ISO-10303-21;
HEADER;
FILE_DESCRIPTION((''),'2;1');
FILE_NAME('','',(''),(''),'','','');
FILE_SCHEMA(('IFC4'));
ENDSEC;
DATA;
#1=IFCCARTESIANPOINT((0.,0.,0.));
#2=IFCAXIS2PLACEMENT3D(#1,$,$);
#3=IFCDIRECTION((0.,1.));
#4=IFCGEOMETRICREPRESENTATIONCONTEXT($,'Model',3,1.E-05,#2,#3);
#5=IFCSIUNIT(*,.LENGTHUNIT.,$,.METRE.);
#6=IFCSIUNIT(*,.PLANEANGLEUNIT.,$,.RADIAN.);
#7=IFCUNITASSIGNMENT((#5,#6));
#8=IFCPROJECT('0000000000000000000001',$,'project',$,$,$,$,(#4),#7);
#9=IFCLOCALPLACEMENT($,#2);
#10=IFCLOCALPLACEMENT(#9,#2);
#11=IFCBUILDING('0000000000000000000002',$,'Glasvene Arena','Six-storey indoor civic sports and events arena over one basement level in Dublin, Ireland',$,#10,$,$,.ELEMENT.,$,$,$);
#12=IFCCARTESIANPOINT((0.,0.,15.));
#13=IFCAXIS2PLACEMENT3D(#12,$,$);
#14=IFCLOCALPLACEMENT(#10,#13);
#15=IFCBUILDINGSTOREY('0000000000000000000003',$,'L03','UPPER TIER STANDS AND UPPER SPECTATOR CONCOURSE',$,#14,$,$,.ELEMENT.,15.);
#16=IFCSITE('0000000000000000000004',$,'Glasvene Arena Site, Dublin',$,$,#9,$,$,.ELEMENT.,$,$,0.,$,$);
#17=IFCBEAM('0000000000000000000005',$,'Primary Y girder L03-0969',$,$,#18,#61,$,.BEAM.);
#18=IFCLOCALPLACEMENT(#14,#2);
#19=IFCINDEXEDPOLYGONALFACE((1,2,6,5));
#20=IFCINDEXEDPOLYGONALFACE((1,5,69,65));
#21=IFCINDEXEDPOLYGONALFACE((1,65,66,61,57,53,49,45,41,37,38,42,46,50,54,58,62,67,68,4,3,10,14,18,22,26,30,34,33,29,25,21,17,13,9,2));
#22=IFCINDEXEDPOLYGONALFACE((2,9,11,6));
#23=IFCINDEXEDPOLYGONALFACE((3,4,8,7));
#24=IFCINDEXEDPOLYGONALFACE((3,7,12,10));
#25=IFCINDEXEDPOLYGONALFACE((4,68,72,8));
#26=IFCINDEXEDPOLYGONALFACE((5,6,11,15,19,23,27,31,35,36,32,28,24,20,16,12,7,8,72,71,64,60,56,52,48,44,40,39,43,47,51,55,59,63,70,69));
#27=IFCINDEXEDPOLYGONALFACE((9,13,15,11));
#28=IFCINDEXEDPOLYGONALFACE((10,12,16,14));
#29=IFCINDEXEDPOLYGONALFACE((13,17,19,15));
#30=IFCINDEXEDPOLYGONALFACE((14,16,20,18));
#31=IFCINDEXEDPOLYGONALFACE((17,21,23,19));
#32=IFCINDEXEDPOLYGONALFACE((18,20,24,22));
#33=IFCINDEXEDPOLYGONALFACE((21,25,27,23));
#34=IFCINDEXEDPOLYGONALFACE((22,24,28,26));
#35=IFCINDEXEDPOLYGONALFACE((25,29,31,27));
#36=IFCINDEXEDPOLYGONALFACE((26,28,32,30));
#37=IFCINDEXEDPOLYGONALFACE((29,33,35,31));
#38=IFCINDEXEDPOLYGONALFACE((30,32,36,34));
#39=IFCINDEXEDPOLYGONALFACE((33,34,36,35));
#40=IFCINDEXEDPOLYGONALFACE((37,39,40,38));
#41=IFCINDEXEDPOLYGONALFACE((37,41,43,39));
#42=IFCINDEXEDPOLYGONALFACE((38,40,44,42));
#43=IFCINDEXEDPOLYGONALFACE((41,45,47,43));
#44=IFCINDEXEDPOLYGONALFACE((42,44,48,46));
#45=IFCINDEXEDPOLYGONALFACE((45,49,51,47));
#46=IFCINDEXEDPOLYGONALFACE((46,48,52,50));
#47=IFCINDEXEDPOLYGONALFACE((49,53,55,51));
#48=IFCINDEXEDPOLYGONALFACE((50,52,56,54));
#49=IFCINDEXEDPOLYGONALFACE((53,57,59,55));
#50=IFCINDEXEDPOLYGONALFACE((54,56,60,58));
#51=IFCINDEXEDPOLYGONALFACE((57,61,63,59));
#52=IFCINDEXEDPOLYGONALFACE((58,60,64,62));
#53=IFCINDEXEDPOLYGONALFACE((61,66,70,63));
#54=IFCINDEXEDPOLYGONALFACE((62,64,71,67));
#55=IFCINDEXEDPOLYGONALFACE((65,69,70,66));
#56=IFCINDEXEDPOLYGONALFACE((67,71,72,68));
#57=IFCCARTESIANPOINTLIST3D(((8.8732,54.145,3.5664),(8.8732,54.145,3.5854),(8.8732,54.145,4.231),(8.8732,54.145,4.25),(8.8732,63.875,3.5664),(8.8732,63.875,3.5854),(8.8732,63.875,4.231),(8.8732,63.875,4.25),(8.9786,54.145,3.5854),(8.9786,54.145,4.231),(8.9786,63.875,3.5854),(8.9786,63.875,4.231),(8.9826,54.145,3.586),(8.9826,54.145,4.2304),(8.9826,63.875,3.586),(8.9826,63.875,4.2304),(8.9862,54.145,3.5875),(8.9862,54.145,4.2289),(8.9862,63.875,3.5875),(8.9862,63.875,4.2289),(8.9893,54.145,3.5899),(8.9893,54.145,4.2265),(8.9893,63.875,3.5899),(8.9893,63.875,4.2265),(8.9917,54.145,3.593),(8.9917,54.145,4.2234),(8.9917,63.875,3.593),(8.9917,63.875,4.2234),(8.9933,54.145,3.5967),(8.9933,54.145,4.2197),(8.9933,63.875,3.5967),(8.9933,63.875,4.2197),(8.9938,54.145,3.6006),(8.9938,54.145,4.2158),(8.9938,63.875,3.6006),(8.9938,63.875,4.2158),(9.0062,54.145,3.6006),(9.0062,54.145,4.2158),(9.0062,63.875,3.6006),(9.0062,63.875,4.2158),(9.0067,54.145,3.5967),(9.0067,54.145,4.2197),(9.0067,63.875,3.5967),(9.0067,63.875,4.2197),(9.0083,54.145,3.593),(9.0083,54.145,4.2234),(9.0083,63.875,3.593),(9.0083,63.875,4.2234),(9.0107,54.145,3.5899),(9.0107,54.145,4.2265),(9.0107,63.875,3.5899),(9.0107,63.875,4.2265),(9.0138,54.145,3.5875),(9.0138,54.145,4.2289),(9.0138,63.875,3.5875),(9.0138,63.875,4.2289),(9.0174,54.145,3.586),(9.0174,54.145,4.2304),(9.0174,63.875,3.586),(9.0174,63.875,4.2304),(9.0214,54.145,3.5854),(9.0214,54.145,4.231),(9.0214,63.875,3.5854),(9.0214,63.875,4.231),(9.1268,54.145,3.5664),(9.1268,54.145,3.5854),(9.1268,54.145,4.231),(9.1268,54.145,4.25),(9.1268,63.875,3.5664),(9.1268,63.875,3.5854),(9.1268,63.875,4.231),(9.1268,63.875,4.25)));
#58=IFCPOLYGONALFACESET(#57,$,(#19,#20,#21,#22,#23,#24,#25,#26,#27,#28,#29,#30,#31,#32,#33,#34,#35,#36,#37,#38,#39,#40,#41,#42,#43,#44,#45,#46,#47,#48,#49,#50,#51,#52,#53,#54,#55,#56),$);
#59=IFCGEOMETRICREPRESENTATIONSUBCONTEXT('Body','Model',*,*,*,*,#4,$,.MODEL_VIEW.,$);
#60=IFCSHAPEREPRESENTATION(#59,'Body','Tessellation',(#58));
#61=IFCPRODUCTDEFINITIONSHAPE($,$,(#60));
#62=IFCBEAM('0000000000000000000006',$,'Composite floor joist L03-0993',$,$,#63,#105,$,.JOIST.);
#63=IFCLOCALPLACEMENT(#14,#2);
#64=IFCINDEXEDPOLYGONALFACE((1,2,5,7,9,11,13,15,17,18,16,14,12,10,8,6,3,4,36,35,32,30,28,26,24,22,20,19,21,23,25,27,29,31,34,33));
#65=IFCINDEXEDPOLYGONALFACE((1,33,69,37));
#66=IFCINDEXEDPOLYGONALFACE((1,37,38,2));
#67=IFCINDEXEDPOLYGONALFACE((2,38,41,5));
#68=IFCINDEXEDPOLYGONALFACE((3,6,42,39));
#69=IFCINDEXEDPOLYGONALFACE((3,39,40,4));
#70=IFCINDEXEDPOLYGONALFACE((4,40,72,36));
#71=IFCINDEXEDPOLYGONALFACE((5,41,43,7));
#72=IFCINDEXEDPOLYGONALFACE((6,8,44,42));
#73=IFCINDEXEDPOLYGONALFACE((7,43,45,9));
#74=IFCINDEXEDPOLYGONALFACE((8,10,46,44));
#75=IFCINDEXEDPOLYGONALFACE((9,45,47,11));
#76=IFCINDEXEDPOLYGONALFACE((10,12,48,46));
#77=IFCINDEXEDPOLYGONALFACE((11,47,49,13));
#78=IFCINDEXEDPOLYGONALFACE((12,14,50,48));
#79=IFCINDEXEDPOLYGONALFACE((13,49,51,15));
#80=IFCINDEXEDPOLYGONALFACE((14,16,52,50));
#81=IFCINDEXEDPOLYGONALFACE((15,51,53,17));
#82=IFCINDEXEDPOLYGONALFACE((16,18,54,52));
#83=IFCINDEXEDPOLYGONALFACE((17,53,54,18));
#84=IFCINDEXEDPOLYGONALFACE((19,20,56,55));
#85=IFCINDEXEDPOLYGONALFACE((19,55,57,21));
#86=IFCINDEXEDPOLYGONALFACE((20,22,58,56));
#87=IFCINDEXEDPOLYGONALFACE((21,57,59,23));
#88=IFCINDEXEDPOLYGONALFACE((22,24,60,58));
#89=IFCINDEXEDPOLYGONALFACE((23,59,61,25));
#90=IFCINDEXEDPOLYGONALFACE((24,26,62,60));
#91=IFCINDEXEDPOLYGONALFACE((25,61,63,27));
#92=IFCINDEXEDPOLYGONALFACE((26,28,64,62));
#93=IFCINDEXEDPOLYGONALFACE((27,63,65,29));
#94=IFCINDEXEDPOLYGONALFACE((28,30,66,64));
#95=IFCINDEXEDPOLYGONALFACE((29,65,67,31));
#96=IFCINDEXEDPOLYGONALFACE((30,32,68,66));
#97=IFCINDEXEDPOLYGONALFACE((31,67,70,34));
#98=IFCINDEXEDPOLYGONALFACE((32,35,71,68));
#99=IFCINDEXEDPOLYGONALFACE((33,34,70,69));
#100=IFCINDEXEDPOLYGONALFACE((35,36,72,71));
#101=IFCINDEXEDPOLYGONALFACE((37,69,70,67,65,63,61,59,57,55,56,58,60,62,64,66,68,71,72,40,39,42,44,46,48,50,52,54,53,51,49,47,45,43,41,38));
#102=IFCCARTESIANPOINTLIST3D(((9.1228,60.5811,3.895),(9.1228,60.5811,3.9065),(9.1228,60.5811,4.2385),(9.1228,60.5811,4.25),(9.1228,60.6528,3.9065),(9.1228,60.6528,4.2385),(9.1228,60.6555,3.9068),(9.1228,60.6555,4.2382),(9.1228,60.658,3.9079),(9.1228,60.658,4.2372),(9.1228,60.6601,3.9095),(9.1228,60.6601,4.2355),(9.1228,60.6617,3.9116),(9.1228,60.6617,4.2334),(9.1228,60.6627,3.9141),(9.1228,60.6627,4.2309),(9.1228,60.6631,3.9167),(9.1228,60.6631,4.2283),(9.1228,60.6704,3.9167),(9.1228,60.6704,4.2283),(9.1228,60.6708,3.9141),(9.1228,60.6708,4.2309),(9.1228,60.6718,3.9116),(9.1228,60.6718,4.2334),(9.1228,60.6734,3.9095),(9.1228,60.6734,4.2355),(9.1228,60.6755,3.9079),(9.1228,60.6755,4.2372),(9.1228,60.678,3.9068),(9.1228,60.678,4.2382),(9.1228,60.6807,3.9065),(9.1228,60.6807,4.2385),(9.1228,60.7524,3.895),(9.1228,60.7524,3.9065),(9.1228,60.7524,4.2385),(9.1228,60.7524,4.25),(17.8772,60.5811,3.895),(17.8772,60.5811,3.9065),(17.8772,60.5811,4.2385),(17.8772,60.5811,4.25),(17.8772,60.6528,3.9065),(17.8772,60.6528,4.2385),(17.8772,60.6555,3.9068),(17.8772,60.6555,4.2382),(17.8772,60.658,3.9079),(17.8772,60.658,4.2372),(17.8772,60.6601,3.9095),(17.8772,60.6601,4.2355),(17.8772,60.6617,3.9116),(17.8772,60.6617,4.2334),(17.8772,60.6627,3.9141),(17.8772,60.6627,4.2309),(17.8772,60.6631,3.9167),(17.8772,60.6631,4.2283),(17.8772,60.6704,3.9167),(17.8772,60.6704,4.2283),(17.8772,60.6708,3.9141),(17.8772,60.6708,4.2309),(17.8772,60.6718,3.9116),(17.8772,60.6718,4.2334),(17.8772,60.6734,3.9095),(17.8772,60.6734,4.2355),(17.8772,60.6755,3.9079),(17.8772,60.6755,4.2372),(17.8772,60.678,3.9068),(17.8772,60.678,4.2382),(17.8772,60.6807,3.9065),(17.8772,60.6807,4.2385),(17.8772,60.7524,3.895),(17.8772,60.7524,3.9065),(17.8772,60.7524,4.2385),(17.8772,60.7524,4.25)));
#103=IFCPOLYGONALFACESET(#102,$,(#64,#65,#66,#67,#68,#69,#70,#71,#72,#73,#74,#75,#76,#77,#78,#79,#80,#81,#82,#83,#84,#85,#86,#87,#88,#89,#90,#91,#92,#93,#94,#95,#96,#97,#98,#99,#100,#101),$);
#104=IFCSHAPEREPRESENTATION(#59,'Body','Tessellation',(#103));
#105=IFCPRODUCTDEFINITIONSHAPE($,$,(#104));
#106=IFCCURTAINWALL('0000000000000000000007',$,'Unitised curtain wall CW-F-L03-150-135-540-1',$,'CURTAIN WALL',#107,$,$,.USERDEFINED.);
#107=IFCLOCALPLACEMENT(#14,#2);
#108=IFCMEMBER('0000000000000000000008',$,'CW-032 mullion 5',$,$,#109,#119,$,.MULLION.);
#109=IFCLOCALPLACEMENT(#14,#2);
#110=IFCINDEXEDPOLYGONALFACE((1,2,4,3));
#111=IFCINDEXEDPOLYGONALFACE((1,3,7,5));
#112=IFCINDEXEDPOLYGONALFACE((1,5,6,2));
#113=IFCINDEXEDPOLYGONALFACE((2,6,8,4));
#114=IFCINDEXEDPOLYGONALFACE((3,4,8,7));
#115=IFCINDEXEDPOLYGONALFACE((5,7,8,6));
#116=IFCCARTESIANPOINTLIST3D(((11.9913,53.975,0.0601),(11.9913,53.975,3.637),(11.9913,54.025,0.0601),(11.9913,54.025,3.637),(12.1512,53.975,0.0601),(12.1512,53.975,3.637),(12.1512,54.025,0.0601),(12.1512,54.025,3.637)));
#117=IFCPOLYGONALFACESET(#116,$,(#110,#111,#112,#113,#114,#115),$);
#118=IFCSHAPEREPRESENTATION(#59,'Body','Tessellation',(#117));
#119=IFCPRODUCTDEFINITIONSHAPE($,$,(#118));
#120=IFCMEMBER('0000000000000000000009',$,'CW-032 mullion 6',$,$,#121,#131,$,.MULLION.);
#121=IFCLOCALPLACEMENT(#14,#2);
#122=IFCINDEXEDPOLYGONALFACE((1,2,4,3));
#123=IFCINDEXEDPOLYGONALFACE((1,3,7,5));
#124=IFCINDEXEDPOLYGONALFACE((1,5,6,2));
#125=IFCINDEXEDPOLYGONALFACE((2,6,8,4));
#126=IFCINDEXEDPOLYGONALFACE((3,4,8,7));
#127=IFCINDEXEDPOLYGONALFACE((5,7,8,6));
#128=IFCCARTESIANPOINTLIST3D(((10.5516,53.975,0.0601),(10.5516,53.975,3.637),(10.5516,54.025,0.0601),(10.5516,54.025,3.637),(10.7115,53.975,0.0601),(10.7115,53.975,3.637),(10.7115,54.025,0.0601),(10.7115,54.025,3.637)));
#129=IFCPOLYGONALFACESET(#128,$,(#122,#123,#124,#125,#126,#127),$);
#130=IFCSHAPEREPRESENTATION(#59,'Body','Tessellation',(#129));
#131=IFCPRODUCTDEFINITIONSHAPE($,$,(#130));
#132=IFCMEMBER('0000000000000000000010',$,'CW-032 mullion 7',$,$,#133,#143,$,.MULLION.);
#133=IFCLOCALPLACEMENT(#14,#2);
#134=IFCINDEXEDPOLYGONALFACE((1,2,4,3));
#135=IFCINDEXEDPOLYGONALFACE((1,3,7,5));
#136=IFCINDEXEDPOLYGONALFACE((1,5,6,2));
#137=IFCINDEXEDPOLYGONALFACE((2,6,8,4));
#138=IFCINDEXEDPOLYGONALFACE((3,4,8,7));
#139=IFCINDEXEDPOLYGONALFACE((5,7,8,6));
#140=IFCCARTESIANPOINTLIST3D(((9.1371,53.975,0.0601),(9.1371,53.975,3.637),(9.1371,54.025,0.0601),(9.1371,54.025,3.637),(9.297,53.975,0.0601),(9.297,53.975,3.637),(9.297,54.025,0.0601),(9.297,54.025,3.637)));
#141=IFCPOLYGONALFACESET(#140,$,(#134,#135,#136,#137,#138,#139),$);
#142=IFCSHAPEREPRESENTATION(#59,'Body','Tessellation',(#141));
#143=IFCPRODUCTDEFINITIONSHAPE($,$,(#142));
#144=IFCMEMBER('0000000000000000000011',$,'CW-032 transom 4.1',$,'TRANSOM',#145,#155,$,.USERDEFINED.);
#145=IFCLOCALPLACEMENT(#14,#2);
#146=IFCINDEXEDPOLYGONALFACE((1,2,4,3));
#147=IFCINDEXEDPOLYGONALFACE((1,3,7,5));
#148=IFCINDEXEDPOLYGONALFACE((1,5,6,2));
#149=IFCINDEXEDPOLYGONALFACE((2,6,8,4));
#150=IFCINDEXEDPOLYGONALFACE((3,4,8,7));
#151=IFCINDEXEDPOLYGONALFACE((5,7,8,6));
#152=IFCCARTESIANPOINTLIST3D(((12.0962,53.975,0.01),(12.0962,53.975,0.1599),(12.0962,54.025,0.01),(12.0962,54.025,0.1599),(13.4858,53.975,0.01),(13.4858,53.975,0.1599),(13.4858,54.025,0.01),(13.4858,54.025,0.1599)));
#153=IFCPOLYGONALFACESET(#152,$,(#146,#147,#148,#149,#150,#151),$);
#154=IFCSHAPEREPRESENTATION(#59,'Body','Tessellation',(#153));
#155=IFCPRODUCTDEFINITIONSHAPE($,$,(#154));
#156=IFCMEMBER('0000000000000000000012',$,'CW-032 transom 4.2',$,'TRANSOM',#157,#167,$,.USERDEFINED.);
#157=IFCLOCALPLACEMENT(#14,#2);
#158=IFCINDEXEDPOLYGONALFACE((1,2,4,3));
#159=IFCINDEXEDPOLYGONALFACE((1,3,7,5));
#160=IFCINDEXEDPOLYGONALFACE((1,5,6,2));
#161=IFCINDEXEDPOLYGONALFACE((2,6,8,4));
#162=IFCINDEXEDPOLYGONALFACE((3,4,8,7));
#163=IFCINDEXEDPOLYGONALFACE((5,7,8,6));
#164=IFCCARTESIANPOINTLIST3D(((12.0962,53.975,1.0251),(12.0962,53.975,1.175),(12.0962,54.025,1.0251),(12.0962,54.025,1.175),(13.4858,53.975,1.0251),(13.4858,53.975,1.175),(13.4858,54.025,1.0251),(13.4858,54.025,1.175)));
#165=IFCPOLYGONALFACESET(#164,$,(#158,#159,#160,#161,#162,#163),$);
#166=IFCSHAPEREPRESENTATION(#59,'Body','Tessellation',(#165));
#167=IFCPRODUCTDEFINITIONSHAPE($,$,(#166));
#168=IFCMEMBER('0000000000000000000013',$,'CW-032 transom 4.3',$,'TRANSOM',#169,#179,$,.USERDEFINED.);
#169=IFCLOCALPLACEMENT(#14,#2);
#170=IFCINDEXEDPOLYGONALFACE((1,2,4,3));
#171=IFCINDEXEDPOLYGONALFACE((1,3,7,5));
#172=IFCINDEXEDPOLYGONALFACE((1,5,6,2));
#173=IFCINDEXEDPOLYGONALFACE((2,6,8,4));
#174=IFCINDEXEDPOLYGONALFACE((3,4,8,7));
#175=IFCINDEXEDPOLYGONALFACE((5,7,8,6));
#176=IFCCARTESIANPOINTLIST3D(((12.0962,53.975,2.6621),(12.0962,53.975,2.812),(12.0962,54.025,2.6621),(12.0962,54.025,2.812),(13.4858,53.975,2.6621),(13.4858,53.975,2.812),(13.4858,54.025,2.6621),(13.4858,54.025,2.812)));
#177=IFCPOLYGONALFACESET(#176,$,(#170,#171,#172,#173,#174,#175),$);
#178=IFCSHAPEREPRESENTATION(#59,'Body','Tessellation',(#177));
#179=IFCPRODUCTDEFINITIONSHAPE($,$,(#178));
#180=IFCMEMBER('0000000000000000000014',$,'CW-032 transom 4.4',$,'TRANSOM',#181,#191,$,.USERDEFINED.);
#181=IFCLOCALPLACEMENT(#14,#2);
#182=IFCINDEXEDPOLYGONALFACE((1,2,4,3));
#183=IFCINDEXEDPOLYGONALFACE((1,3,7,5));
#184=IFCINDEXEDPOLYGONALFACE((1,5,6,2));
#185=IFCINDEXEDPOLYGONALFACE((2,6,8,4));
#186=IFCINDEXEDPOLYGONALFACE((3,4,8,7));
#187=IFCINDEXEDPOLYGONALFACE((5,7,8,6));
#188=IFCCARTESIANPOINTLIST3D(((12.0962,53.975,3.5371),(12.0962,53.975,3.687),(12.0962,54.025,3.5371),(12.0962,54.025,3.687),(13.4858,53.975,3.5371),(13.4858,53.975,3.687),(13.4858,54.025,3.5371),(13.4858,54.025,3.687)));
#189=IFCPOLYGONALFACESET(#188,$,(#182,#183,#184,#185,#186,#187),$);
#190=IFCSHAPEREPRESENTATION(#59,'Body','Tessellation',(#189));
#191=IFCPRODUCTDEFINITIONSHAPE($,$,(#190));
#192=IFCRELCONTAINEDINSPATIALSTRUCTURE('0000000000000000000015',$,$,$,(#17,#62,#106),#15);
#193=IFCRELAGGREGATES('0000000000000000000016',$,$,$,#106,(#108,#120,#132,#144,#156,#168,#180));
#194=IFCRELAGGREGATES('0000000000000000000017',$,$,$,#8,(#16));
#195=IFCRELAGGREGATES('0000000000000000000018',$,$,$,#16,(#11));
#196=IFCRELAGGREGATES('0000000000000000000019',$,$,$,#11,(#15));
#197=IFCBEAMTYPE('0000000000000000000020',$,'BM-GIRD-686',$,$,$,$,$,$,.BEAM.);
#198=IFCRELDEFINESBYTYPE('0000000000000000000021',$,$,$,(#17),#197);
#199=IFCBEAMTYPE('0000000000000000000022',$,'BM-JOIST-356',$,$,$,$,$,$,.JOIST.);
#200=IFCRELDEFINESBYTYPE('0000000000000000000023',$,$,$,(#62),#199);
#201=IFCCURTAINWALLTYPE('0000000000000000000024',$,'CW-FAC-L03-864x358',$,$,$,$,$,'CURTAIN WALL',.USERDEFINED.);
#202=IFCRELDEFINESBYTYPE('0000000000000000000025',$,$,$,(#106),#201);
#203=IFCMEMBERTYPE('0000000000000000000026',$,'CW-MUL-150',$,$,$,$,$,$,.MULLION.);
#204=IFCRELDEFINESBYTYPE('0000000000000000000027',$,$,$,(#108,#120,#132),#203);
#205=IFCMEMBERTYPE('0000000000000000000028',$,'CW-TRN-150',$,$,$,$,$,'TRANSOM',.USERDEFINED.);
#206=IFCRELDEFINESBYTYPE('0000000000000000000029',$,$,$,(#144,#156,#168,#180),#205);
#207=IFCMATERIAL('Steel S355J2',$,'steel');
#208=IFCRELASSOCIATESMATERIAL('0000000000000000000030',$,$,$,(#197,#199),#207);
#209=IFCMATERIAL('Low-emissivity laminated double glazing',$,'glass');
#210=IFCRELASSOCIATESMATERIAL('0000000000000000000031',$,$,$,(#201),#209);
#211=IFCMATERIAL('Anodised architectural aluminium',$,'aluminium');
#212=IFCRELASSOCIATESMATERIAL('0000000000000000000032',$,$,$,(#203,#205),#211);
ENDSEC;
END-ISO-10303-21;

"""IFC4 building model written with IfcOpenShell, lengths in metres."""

from ifc_helpers import new_model, si_unit, direction, frame, origin, origin_2d, place, context, subcontext, project, spatial, rectangle, i_section, extrude, material, material_profile, profile_set, type_object, element, aggregate, save


model = new_model("IFC4")

# Units and contexts
model_context = context("Model", 3, precision=1e-05, world=origin(), true_north=direction((0.0, 1.0)))
body_context = subcontext(model_context, "Body", "Model", "MODEL_VIEW")
ifc_project = project(units=[si_unit("LENGTHUNIT", "METRE"), si_unit("PLANEANGLEUNIT", "RADIAN")], contexts=[model_context])

# Site, building, storey
site_placement = place(None, origin())
site = spatial("IfcSite", under=ifc_project, at=site_placement, Name="Glasvene Arena Site, Dublin", CompositionType="ELEMENT", RefElevation=0.0)
building_placement = place(site_placement, origin())
building = spatial("IfcBuilding", under=site, at=building_placement, Name="Glasvene Arena", Description="Six-storey indoor civic sports and events arena over one basement level in Dublin, Ireland", CompositionType="ELEMENT")
storey_placement = place(building_placement, frame((0.0, 0.0, 15.0)))
storey = spatial("IfcBuildingStorey", under=building, at=storey_placement, Name="L03", Description="UPPER TIER STANDS AND UPPER SPECTATOR CONCOURSE", CompositionType="ELEMENT", Elevation=15.0)

# Shared definitions
ifc_material_1 = material(Name="Steel S355J2", Category="steel")

# Beams
ifc_material_profile_1 = material_profile(ifc_material_1, i_section(OverallWidth=0.2537, OverallDepth=0.6836, WebThickness=0.0125, FlangeThickness=0.019, FilletRadius=0.0151, at=origin_2d()), Name="UKB 686x254x140")
ifc_profile_set_1 = profile_set([ifc_material_profile_1], Name="Steel S355J2")
beam_type_1 = type_object("IfcBeamType", Name="BM-GIRD-686", PredefinedType="BEAM", material=ifc_profile_set_1)
beam_1_placement = place(storey_placement, frame((9.0, 54.145, 3.9082), z_axis=(0.0, 1.0, 0.0), x_axis=(-1.0, 0.0, 0.0)))
element("IfcBeam", 1, at=beam_1_placement, inside=storey, type_object=beam_type_1, Name="Primary Y girder L03-0969", PredefinedType="BEAM", context=body_context, shape_type="SweptSolid", body=[
    extrude(i_section(OverallWidth=0.2537, OverallDepth=0.6836, WebThickness=0.0125, FlangeThickness=0.019, FilletRadius=0.0151, at=origin_2d()), origin(), (0.0, 0.0, 1.0), 9.73),
])
ifc_material_profile_2 = material_profile(ifc_material_1, i_section(OverallWidth=0.1714, OverallDepth=0.355, WebThickness=0.0073, FlangeThickness=0.0115, FilletRadius=0.0103, at=origin_2d()), Name="UKB 356x171x51")
ifc_profile_set_2 = profile_set([ifc_material_profile_2], Name="Steel S355J2")
beam_type_2 = type_object("IfcBeamType", Name="BM-JOIST-356", PredefinedType="JOIST", material=ifc_profile_set_2)
beam_2_placement = place(storey_placement, frame((9.1228, 60.6667, 4.0725), z_axis=(1.0, 0.0, 0.0), x_axis=(0.0, 1.0, 0.0)))
element("IfcBeam", 2, at=beam_2_placement, inside=storey, type_object=beam_type_2, Name="Composite floor joist L03-0993", PredefinedType="JOIST", context=body_context, shape_type="SweptSolid", body=[
    extrude(i_section(OverallWidth=0.1714, OverallDepth=0.355, WebThickness=0.0073, FlangeThickness=0.0115, FilletRadius=0.0103, at=origin_2d()), origin(), (0.0, 0.0, 1.0), 8.7544),
])

# Curtain wall, members
ifc_material_2 = material(Name="Low-emissivity laminated double glazing", Category="glass")
curtain_wall_type = type_object("IfcCurtainWallType", Name="CW-FAC-L03-864x358", ElementType="CURTAIN WALL", PredefinedType="USERDEFINED", material=ifc_material_2)
curtain_wall_placement = place(storey_placement, frame((17.8298, 54.0, 0.0)))
curtain_wall = element("IfcCurtainWall", 3, at=curtain_wall_placement, inside=storey, type_object=curtain_wall_type, Name="Unitised curtain wall CW-F-L03-150-135-540-1", ObjectType="CURTAIN WALL", PredefinedType="USERDEFINED")
ifc_material_3 = material(Name="Anodised architectural aluminium", Category="aluminium")
ifc_material_profile_3 = material_profile(ifc_material_3, rectangle(XDim=0.05, YDim=0.1599, at=origin_2d()), Name="ALU MULLION 50x160")
ifc_profile_set_3 = profile_set([ifc_material_profile_3], Name="Anodised architectural aluminium")
member_type_1 = type_object("IfcMemberType", Name="CW-MUL-150", PredefinedType="MULLION", material=ifc_profile_set_3)
member_1_placement = place(storey_placement, frame((12.0713, 54.0, 0.0601), z_axis=(0.0, 0.0, 1.0), x_axis=(0.0, -1.0, 0.0)))
member_1 = element("IfcMember", 4, at=member_1_placement, type_object=member_type_1, Name="CW-032 mullion 5", PredefinedType="MULLION", context=body_context, shape_type="SweptSolid", body=[
    extrude(rectangle(XDim=0.05, YDim=0.1599, at=origin_2d()), origin(), (0.0, 0.0, 1.0), 3.5769),
])
member_2_placement = place(storey_placement, frame((10.6316, 54.0, 0.0601), z_axis=(0.0, 0.0, 1.0), x_axis=(0.0, -1.0, 0.0)))
member_2 = element("IfcMember", 5, at=member_2_placement, type_object=member_type_1, Name="CW-032 mullion 6", PredefinedType="MULLION", context=body_context, shape_type="SweptSolid", body=[
    extrude(rectangle(XDim=0.05, YDim=0.1599, at=origin_2d()), origin(), (0.0, 0.0, 1.0), 3.5769),
])
member_3_placement = place(storey_placement, frame((9.217, 54.0, 0.0601), z_axis=(0.0, 0.0, 1.0), x_axis=(0.0, -1.0, 0.0)))
member_3 = element("IfcMember", 6, at=member_3_placement, type_object=member_type_1, Name="CW-032 mullion 7", PredefinedType="MULLION", context=body_context, shape_type="SweptSolid", body=[
    extrude(rectangle(XDim=0.05, YDim=0.1599, at=origin_2d()), origin(), (0.0, 0.0, 1.0), 3.5769),
])
ifc_material_profile_4 = material_profile(ifc_material_3, rectangle(XDim=0.05, YDim=0.1499, at=origin_2d()), Name="ALU TRANSOM 50x150")
ifc_profile_set_4 = profile_set([ifc_material_profile_4], Name="Anodised architectural aluminium")
member_type_2 = type_object("IfcMemberType", Name="CW-TRN-150", ElementType="TRANSOM", PredefinedType="USERDEFINED", material=ifc_profile_set_4)
member_4_placement = place(storey_placement, frame((13.4858, 54.0, 0.085), z_axis=(-1.0, 0.0, 0.0), x_axis=(0.0, -1.0, 0.0)))
member_4 = element("IfcMember", 7, at=member_4_placement, type_object=member_type_2, Name="CW-032 transom 4.1", ObjectType="TRANSOM", PredefinedType="USERDEFINED", context=body_context, shape_type="SweptSolid", body=[
    extrude(rectangle(XDim=0.05, YDim=0.1499, at=origin_2d()), origin(), (0.0, 0.0, 1.0), 1.3896),
])
member_5_placement = place(storey_placement, frame((13.4858, 54.0, 1.1001), z_axis=(-1.0, 0.0, 0.0), x_axis=(0.0, -1.0, 0.0)))
member_5 = element("IfcMember", 8, at=member_5_placement, type_object=member_type_2, Name="CW-032 transom 4.2", ObjectType="TRANSOM", PredefinedType="USERDEFINED", context=body_context, shape_type="SweptSolid", body=[
    extrude(rectangle(XDim=0.05, YDim=0.1499, at=origin_2d()), origin(), (0.0, 0.0, 1.0), 1.3896),
])
member_6_placement = place(storey_placement, frame((13.4858, 54.0, 2.7371), z_axis=(-1.0, 0.0, 0.0), x_axis=(0.0, -1.0, 0.0)))
member_6 = element("IfcMember", 9, at=member_6_placement, type_object=member_type_2, Name="CW-032 transom 4.3", ObjectType="TRANSOM", PredefinedType="USERDEFINED", context=body_context, shape_type="SweptSolid", body=[
    extrude(rectangle(XDim=0.05, YDim=0.1499, at=origin_2d()), origin(), (0.0, 0.0, 1.0), 1.3896),
])
member_7_placement = place(storey_placement, frame((13.4858, 54.0, 3.6121), z_axis=(-1.0, 0.0, 0.0), x_axis=(0.0, -1.0, 0.0)))
member_7 = element("IfcMember", 10, at=member_7_placement, type_object=member_type_2, Name="CW-032 transom 4.4", ObjectType="TRANSOM", PredefinedType="USERDEFINED", context=body_context, shape_type="SweptSolid", body=[
    extrude(rectangle(XDim=0.05, YDim=0.1499, at=origin_2d()), origin(), (0.0, 0.0, 1.0), 1.3896),
])
aggregate(curtain_wall, [member_1, member_2, member_3, member_4, member_5, member_6, member_7])

save(model, "model.ifc")
